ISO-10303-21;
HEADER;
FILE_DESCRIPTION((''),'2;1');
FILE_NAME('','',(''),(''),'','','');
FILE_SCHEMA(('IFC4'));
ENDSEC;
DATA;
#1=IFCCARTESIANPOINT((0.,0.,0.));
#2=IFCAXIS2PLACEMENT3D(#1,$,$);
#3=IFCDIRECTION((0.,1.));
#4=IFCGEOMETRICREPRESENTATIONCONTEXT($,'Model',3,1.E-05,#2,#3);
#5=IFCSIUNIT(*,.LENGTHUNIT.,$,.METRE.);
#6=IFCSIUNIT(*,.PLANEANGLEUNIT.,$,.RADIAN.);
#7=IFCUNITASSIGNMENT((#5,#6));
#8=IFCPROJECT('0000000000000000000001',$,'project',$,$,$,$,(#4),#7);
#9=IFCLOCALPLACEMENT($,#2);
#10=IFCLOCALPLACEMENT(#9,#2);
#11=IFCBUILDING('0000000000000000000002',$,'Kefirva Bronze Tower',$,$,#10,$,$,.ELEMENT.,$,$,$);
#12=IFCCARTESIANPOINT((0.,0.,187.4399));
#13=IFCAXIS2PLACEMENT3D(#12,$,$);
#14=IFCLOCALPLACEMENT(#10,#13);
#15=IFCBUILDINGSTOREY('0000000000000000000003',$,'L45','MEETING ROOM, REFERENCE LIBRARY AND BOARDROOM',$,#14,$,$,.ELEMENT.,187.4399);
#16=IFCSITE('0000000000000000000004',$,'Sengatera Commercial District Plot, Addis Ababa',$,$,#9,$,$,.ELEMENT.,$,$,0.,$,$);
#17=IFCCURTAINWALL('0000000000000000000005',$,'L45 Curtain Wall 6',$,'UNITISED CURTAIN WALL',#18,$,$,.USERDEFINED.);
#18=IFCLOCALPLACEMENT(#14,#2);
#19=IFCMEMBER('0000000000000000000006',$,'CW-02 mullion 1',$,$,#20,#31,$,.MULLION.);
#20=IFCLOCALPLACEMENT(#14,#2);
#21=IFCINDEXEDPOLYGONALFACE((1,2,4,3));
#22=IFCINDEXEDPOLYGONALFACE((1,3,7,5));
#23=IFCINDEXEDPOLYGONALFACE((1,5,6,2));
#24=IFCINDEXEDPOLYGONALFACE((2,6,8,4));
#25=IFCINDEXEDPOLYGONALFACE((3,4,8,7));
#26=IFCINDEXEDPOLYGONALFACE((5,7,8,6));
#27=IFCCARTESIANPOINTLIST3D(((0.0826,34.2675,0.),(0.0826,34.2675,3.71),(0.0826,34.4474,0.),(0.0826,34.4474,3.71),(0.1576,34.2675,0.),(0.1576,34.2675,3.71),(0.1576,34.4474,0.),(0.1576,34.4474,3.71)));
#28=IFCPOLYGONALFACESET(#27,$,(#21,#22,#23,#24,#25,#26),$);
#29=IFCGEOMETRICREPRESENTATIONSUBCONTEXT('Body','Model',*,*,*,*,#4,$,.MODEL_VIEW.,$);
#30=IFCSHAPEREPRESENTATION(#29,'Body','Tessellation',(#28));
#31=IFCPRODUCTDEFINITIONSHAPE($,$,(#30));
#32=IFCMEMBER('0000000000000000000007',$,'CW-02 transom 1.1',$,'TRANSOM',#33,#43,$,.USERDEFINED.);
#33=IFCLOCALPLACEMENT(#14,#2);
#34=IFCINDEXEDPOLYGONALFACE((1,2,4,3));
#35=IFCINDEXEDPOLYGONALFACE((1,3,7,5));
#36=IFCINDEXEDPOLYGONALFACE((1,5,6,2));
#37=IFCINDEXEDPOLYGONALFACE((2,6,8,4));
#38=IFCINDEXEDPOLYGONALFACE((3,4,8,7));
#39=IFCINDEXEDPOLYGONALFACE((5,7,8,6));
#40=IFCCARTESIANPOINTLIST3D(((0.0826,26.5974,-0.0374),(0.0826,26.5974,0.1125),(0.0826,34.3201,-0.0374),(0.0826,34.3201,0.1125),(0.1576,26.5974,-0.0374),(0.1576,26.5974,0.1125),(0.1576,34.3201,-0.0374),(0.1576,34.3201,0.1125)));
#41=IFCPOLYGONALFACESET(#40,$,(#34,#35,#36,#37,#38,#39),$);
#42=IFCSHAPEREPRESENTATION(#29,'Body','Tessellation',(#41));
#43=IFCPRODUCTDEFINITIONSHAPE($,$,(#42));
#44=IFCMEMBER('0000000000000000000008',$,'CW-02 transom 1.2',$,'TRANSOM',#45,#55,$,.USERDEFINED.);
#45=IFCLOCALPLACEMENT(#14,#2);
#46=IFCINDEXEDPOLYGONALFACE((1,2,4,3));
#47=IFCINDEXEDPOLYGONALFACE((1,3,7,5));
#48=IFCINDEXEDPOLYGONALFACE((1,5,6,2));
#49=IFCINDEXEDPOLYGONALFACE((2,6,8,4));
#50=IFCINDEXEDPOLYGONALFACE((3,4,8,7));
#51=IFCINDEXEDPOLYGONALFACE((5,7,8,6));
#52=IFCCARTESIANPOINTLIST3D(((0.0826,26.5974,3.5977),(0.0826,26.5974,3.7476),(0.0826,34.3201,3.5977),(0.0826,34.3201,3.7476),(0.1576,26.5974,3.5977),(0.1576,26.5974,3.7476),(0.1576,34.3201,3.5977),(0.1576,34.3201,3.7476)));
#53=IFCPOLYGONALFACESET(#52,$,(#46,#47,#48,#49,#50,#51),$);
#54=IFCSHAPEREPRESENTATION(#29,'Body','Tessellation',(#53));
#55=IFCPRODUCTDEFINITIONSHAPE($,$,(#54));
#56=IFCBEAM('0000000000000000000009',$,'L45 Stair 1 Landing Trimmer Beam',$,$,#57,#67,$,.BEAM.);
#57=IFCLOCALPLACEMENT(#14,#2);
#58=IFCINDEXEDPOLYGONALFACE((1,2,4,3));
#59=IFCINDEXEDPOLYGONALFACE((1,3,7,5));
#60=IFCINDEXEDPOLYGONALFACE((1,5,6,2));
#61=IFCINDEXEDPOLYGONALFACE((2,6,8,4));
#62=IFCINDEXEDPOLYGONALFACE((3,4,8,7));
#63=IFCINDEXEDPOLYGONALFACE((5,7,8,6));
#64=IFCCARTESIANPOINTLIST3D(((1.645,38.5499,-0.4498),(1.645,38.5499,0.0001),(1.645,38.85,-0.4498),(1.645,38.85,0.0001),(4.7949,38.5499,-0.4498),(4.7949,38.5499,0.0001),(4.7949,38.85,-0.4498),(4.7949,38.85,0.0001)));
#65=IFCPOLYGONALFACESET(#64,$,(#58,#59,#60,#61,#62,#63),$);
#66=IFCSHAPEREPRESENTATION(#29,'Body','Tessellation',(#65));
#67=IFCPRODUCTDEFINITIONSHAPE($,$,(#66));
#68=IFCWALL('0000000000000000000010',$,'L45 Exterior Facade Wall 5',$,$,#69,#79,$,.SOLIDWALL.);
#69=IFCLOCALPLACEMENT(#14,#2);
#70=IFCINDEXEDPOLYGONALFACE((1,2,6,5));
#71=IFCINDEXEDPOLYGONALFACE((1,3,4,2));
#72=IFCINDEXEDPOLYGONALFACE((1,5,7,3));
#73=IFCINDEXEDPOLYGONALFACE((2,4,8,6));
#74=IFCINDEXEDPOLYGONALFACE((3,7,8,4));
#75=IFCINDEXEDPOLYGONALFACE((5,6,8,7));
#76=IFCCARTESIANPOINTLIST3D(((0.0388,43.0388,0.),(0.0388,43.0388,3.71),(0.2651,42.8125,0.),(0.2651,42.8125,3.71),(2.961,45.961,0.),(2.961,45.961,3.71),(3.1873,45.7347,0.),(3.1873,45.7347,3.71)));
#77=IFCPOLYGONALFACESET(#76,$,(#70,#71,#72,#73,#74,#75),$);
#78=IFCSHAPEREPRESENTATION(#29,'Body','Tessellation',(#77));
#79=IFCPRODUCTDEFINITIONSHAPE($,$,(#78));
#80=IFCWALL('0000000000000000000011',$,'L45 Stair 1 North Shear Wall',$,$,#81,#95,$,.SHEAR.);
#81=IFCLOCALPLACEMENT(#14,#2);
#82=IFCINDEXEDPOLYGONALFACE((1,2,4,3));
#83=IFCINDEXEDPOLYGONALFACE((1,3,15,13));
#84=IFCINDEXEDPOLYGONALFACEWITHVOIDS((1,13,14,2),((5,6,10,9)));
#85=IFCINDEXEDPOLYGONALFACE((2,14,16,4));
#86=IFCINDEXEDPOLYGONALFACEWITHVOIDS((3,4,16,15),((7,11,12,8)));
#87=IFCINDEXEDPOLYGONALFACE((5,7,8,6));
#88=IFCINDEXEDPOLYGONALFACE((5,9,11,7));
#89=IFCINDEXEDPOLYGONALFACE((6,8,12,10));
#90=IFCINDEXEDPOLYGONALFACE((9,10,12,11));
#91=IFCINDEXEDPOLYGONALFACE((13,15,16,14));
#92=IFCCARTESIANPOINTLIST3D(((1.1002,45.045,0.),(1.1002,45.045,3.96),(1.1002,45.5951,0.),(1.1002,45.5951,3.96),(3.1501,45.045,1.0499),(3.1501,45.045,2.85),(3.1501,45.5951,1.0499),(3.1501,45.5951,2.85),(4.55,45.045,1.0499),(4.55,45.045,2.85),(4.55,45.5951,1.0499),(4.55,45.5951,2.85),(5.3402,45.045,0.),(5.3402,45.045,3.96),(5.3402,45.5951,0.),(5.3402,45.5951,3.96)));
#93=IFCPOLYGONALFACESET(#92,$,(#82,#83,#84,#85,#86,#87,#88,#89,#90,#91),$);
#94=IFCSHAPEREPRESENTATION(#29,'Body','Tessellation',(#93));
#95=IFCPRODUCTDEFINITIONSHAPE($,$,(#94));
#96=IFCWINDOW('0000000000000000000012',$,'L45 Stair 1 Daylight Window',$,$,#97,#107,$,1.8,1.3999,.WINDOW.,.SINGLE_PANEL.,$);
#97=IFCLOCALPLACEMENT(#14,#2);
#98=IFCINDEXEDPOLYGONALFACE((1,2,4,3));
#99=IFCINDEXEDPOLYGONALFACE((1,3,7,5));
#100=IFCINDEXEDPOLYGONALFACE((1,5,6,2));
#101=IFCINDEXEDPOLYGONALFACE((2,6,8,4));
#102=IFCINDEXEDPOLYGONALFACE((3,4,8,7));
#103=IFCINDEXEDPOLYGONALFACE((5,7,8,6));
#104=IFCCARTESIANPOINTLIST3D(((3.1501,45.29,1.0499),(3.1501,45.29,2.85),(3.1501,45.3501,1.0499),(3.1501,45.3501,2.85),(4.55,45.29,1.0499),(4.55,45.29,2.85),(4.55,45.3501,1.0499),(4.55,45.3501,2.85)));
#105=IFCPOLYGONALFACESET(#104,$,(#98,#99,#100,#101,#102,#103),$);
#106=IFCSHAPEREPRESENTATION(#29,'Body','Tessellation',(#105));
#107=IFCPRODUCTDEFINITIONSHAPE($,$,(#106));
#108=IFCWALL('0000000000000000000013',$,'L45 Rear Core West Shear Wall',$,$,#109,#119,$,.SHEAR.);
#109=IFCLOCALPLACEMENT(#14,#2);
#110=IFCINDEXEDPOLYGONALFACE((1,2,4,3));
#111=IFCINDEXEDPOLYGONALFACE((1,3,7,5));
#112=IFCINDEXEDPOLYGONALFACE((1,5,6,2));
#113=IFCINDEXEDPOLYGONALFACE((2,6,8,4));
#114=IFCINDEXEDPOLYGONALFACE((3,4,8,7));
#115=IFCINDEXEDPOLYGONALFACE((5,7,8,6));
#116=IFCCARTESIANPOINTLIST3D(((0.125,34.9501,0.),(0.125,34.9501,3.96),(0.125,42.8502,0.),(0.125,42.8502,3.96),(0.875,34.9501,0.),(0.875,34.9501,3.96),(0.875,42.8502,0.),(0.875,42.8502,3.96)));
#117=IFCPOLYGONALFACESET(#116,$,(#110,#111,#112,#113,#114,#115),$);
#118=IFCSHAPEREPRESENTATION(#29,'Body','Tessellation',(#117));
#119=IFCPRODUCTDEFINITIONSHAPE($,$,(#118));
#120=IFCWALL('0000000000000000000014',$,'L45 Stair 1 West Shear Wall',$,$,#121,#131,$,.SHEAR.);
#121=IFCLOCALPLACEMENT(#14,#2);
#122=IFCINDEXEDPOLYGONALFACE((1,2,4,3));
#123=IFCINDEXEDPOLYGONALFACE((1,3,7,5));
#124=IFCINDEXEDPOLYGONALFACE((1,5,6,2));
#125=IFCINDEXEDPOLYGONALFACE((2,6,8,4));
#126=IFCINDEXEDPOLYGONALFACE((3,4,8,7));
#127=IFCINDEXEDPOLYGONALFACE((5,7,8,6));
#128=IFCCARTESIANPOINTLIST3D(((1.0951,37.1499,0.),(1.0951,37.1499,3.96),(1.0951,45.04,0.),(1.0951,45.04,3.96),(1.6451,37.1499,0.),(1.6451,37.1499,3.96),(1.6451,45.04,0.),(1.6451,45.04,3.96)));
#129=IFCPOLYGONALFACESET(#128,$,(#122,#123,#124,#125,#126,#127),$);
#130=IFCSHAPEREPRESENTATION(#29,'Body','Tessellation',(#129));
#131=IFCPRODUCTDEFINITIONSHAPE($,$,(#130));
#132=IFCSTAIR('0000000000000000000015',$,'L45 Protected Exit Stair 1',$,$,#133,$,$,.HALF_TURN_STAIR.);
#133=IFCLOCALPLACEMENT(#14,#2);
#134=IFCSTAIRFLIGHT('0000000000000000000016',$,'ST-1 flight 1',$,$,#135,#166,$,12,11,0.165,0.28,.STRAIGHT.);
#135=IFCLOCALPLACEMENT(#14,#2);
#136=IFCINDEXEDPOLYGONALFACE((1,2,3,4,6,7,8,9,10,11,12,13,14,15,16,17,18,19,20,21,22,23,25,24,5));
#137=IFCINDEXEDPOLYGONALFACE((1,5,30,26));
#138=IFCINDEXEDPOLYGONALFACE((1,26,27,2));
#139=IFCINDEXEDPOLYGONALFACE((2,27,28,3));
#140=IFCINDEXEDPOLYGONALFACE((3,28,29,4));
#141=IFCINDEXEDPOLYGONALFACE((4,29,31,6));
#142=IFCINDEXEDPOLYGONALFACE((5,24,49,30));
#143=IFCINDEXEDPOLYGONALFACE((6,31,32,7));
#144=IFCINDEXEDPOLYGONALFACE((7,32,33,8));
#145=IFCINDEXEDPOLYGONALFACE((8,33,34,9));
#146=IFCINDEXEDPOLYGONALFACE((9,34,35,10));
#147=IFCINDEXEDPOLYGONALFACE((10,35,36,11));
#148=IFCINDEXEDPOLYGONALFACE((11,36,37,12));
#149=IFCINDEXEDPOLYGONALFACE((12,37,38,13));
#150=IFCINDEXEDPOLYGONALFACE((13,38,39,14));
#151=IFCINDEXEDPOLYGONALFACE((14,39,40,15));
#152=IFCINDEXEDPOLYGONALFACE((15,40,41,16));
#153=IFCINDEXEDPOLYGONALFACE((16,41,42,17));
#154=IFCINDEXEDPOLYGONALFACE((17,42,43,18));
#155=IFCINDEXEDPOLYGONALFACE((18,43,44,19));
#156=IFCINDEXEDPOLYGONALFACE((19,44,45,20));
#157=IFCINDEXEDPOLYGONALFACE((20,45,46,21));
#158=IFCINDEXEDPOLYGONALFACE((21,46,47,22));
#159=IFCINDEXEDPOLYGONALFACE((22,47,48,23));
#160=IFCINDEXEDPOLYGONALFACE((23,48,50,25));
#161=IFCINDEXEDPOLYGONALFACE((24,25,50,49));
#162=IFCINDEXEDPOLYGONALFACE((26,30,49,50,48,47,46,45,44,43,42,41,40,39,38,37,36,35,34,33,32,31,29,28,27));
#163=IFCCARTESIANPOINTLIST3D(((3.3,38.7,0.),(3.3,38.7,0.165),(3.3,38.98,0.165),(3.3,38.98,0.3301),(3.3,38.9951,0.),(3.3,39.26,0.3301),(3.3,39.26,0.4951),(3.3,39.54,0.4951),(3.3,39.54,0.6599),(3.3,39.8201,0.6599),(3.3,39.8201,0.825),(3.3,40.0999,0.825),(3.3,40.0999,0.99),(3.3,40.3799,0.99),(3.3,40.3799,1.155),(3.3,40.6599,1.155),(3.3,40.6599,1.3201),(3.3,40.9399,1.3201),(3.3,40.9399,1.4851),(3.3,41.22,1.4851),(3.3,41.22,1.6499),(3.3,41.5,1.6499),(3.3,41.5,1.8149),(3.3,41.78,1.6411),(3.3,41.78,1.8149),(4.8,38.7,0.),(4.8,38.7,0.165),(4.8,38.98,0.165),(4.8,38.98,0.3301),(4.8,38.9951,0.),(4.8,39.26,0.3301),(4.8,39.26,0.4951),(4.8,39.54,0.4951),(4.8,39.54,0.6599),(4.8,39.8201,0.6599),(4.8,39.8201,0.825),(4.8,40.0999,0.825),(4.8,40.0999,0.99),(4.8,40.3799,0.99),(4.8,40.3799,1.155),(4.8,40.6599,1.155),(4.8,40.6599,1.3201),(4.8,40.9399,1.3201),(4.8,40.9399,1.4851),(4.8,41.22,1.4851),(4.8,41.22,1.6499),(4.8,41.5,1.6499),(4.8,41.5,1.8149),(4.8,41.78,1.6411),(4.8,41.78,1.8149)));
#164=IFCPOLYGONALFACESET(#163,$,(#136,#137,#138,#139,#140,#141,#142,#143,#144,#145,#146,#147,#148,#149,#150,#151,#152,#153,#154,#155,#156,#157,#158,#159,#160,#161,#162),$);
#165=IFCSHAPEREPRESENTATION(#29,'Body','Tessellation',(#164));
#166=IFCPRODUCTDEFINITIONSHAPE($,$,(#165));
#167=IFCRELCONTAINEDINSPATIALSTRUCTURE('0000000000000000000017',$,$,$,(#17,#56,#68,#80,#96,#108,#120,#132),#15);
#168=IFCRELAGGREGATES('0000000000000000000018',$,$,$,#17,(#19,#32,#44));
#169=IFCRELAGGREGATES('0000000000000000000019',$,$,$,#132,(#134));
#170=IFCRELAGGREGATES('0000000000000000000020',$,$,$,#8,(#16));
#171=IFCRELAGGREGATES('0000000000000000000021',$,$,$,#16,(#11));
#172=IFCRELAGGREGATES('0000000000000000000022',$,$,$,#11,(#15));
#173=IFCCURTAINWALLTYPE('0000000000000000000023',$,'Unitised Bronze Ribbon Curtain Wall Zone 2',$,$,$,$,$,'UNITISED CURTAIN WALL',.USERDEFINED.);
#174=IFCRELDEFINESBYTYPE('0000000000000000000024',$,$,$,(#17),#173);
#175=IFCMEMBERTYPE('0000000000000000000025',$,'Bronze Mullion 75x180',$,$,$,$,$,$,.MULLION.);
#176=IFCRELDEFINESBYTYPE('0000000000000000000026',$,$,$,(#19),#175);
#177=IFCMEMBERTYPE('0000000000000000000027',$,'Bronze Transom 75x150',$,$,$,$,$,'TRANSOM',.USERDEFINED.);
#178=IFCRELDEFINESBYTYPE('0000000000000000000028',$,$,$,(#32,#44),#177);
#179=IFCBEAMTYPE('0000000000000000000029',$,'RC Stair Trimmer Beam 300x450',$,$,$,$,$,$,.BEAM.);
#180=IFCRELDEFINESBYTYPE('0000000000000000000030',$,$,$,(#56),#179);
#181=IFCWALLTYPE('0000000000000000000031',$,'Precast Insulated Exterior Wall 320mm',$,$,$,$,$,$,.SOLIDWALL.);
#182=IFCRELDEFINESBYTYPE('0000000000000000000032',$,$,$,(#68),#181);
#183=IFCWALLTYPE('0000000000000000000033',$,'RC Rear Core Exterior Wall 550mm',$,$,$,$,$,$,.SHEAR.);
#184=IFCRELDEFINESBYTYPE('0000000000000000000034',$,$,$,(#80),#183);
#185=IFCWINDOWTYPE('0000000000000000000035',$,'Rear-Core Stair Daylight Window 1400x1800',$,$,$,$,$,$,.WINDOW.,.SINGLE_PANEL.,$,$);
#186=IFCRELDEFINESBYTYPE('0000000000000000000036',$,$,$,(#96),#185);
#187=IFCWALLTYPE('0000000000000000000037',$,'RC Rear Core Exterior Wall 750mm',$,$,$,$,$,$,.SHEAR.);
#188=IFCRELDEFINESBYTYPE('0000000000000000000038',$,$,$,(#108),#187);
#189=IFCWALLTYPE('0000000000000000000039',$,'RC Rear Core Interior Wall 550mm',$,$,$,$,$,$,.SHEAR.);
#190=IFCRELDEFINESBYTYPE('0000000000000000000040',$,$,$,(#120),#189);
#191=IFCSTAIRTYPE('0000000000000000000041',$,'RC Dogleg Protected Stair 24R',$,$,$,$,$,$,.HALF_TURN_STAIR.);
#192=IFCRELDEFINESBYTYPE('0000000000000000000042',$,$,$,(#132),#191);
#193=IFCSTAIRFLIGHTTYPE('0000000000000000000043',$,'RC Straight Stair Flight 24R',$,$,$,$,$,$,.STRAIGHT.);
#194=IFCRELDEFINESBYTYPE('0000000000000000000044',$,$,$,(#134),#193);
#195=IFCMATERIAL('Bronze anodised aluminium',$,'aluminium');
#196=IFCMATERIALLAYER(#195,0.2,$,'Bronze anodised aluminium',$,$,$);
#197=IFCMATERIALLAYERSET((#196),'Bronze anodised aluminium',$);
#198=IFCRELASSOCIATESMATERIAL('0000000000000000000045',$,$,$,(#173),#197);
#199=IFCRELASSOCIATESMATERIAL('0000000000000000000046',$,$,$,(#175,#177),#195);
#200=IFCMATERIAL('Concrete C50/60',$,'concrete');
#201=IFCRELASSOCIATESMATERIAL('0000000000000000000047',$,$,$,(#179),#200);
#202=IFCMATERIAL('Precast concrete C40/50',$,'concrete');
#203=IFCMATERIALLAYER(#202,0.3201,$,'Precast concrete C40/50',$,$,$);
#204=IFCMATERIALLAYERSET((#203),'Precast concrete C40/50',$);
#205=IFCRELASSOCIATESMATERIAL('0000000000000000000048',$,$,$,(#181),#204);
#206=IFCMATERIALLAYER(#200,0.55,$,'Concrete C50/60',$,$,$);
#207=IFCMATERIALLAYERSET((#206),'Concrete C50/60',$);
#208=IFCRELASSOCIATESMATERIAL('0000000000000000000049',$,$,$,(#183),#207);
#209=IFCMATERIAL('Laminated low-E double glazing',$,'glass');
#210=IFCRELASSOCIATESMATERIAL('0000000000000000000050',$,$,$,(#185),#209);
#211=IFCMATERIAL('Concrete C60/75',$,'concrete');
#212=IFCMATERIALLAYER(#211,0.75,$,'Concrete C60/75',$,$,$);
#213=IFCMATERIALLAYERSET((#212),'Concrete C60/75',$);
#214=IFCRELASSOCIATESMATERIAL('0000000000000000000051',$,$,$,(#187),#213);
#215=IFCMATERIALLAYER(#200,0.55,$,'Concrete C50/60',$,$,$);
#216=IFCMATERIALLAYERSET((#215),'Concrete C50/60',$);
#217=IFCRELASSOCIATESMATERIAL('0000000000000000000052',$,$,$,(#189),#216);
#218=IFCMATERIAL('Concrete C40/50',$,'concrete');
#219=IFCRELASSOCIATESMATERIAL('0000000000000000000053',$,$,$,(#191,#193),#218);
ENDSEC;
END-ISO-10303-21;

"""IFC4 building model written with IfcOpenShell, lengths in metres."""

from ifc_helpers import new_model, si_unit, direction, frame, frame_2d, origin, origin_2d, place, context, subcontext, project, spatial, polyline, rectangle, outline, extrude, material, layer, layer_set, material_profile, profile_set, type_object, element, fill, aggregate, save


model = new_model("IFC4")

# Units and contexts
model_context = context("Model", 3, precision=1e-05, world=origin(), true_north=direction((0.0, 1.0)))
body_context = subcontext(model_context, "Body", "Model", "MODEL_VIEW")
ifc_project = project(units=[si_unit("LENGTHUNIT", "METRE"), si_unit("PLANEANGLEUNIT", "RADIAN")], contexts=[model_context])

# Site, building, storey
site_placement = place(None, origin())
site = spatial("IfcSite", under=ifc_project, at=site_placement, Name="Sengatera Commercial District Plot, Addis Ababa", CompositionType="ELEMENT", RefElevation=0.0)
building_placement = place(site_placement, origin())
building = spatial("IfcBuilding", under=site, at=building_placement, Name="Kefirva Bronze Tower", CompositionType="ELEMENT")
storey_placement = place(building_placement, frame((0.0, 0.0, 187.4399)))
storey = spatial("IfcBuildingStorey", under=building, at=storey_placement, Name="L45", Description="MEETING ROOM, REFERENCE LIBRARY AND BOARDROOM", CompositionType="ELEMENT", Elevation=187.4399)

# Curtain wall, members
ifc_material_1 = material(Name="Bronze anodised aluminium", Category="aluminium")
ifc_layer_1 = layer(ifc_material_1, 0.2, Name="Bronze anodised aluminium")
ifc_layer_set_1 = layer_set([ifc_layer_1], Name="Bronze anodised aluminium")
curtain_wall_type = type_object("IfcCurtainWallType", Name="Unitised Bronze Ribbon Curtain Wall Zone 2", ElementType="UNITISED CURTAIN WALL", PredefinedType="USERDEFINED", material=ifc_layer_set_1)
curtain_wall_placement = place(storey_placement, origin())
curtain_wall = element("IfcCurtainWall", 1, at=curtain_wall_placement, inside=storey, type_object=curtain_wall_type, Name="L45 Curtain Wall 6", ObjectType="UNITISED CURTAIN WALL", PredefinedType="USERDEFINED")
ifc_material_profile_1 = material_profile(ifc_material_1, rectangle(XDim=0.075, YDim=0.1799, at=origin_2d()), Name="ALU 75x180")
ifc_profile_set_1 = profile_set([ifc_material_profile_1], Name="Bronze anodised aluminium")
member_type_1 = type_object("IfcMemberType", Name="Bronze Mullion 75x180", PredefinedType="MULLION", material=ifc_profile_set_1)
member_1_placement = place(storey_placement, frame((0.1201, 34.3574, 0.0), z_axis=(0.0, 0.0, 1.0), x_axis=(1.0, 0.0, 0.0)))
member_1 = element("IfcMember", 2, at=member_1_placement, type_object=member_type_1, Name="CW-02 mullion 1", PredefinedType="MULLION", context=body_context, shape_type="SweptSolid", body=[
    extrude(rectangle(XDim=0.075, YDim=0.1799, at=origin_2d()), origin(), (0.0, 0.0, 1.0), 3.71),
])
ifc_material_profile_2 = material_profile(ifc_material_1, rectangle(XDim=0.075, YDim=0.1499, at=origin_2d()), Name="ALU 75x150")
ifc_profile_set_2 = profile_set([ifc_material_profile_2], Name="Bronze anodised aluminium")
member_type_2 = type_object("IfcMemberType", Name="Bronze Transom 75x150", ElementType="TRANSOM", PredefinedType="USERDEFINED", material=ifc_profile_set_2)
member_2_placement = place(storey_placement, frame((0.1201, 34.3201, 0.0376), z_axis=(0.0, -1.0, 0.0), x_axis=(1.0, 0.0, 0.0)))
member_2 = element("IfcMember", 3, at=member_2_placement, type_object=member_type_2, Name="CW-02 transom 1.1", ObjectType="TRANSOM", PredefinedType="USERDEFINED", context=body_context, shape_type="SweptSolid", body=[
    extrude(rectangle(XDim=0.075, YDim=0.1499, at=origin_2d()), origin(), (0.0, 0.0, 1.0), 7.7227),
])
member_3_placement = place(storey_placement, frame((0.1201, 34.3201, 3.6726), z_axis=(0.0, -1.0, 0.0), x_axis=(1.0, 0.0, 0.0)))
member_3 = element("IfcMember", 4, at=member_3_placement, type_object=member_type_2, Name="CW-02 transom 1.2", ObjectType="TRANSOM", PredefinedType="USERDEFINED", context=body_context, shape_type="SweptSolid", body=[
    extrude(rectangle(XDim=0.075, YDim=0.1499, at=origin_2d()), origin(), (0.0, 0.0, 1.0), 7.7227),
])
aggregate(curtain_wall, [member_1, member_2, member_3])

# Beam
ifc_material_2 = material(Name="Concrete C50/60", Category="concrete")
ifc_material_profile_3 = material_profile(ifc_material_2, rectangle(XDim=0.3, YDim=0.45, at=origin_2d()), Name="RC 300x450")
ifc_profile_set_3 = profile_set([ifc_material_profile_3], Name="Concrete C50/60")
beam_type = type_object("IfcBeamType", Name="RC Stair Trimmer Beam 300x450", PredefinedType="BEAM", material=ifc_profile_set_3)
beam_placement = place(storey_placement, frame((1.645, 38.7, -0.2249), z_axis=(1.0, 0.0, 0.0), x_axis=(0.0, 1.0, 0.0)))
element("IfcBeam", 5, at=beam_placement, inside=storey, type_object=beam_type, Name="L45 Stair 1 Landing Trimmer Beam", PredefinedType="BEAM", context=body_context, shape_type="SweptSolid", body=[
    extrude(rectangle(XDim=0.3, YDim=0.45, at=origin_2d()), origin(), (0.0, 0.0, 1.0), 3.1499),
])

# Wall
ifc_material_3 = material(Name="Precast concrete C40/50", Category="concrete")
ifc_layer_2 = layer(ifc_material_3, 0.3201, Name="Precast concrete C40/50")
ifc_layer_set_2 = layer_set([ifc_layer_2], Name="Precast concrete C40/50")
wall_type_1 = type_object("IfcWallType", Name="Precast Insulated Exterior Wall 320mm", PredefinedType="SOLIDWALL", material=ifc_layer_set_2)
wall_1_placement = place(storey_placement, frame((3.0742, 45.8479, 0.0), z_axis=(0.0, 0.0, 1.0), x_axis=(-0.707107, -0.707107, 0.0)))
element("IfcWall", 6, at=wall_1_placement, inside=storey, type_object=wall_type_1, Name="L45 Exterior Facade Wall 5", PredefinedType="SOLIDWALL", context=body_context, shape_type="SweptSolid", body=[
    extrude(rectangle(XDim=4.1326, YDim=0.3201, at=frame_2d((2.0664, 0.0))), origin(), (0.0, 0.0, 1.0), 3.71),
])

# Wall, opening, window
ifc_layer_3 = layer(ifc_material_2, 0.55, Name="Concrete C50/60")
ifc_layer_set_3 = layer_set([ifc_layer_3], Name="Concrete C50/60")
wall_type_2 = type_object("IfcWallType", Name="RC Rear Core Exterior Wall 550mm", PredefinedType="SHEAR", material=ifc_layer_set_3)
wall_2_placement = place(storey_placement, frame((1.1001, 45.3201, 0.0), z_axis=(0.0, 0.0, 1.0), x_axis=(1.0, 0.0, 0.0)))
wall_2 = element("IfcWall", 7, at=wall_2_placement, inside=storey, type_object=wall_type_2, Name="L45 Stair 1 North Shear Wall", PredefinedType="SHEAR", context=body_context, shape_type="SweptSolid", body=[
    extrude(rectangle(XDim=4.24, YDim=0.55, at=frame_2d((2.1201, 0.0))), origin(), (0.0, 0.0, 1.0), 3.96),
])
opening_1_placement = place(wall_2_placement, frame((2.05, 0.0, 1.05)))
opening_1 = element("IfcOpeningElement", 8, at=opening_1_placement, cuts=wall_2, PredefinedType="OPENING", context=body_context, shape_type="SweptSolid", body=[
    extrude(rectangle(XDim=1.3999, YDim=1.8, at=frame_2d((0.7, 0.8999))), frame((0.0, 0.2852, 0.0), z_axis=(0.0, -1.0, 0.0), x_axis=(1.0, 0.0, 0.0)), (0.0, 0.0, 1.0), 0.5701),
])
ifc_material_4 = material(Name="Laminated low-E double glazing", Category="glass")
window_type = type_object("IfcWindowType", Name="Rear-Core Stair Daylight Window 1400x1800", PartitioningType="SINGLE_PANEL", PredefinedType="WINDOW", material=ifc_material_4)
window_placement = place(opening_1_placement, origin())
window = element("IfcWindow", 9, at=window_placement, inside=storey, type_object=window_type, Name="L45 Stair 1 Daylight Window", OverallHeight=1.8, OverallWidth=1.3999, PartitioningType="SINGLE_PANEL", PredefinedType="WINDOW", context=body_context, shape_type="SweptSolid", body=[
    extrude(rectangle(XDim=1.3999, YDim=1.8, at=frame_2d((0.7, 0.8999))), frame((0.0, 0.03, 0.0), z_axis=(0.0, -1.0, 0.0), x_axis=(1.0, 0.0, 0.0)), (0.0, 0.0, 1.0), 0.0601),
])
fill(opening_1, window)

# Walls
ifc_material_5 = material(Name="Concrete C60/75", Category="concrete")
ifc_layer_4 = layer(ifc_material_5, 0.75, Name="Concrete C60/75")
ifc_layer_set_4 = layer_set([ifc_layer_4], Name="Concrete C60/75")
wall_type_3 = type_object("IfcWallType", Name="RC Rear Core Exterior Wall 750mm", PredefinedType="SHEAR", material=ifc_layer_set_4)
wall_3_placement = place(storey_placement, frame((0.5, 34.95, 0.0), z_axis=(0.0, 0.0, 1.0), x_axis=(0.0, 1.0, 0.0)))
element("IfcWall", 10, at=wall_3_placement, inside=storey, type_object=wall_type_3, Name="L45 Rear Core West Shear Wall", PredefinedType="SHEAR", context=body_context, shape_type="SweptSolid", body=[
    extrude(rectangle(XDim=7.9001, YDim=0.75, at=frame_2d((3.9502, 0.0))), origin(), (0.0, 0.0, 1.0), 3.96),
])
ifc_layer_5 = layer(ifc_material_2, 0.55, Name="Concrete C50/60")
ifc_layer_set_5 = layer_set([ifc_layer_5], Name="Concrete C50/60")
wall_type_4 = type_object("IfcWallType", Name="RC Rear Core Interior Wall 550mm", PredefinedType="SHEAR", material=ifc_layer_set_5)
wall_4_placement = place(storey_placement, frame((1.3701, 37.1499, 0.0), z_axis=(0.0, 0.0, 1.0), x_axis=(0.0, 1.0, 0.0)))
element("IfcWall", 11, at=wall_4_placement, inside=storey, type_object=wall_type_4, Name="L45 Stair 1 West Shear Wall", PredefinedType="SHEAR", context=body_context, shape_type="SweptSolid", body=[
    extrude(rectangle(XDim=7.8901, YDim=0.55, at=frame_2d((3.9451, 0.0))), origin(), (0.0, 0.0, 1.0), 3.96),
])

# Stair, stair flight
ifc_material_6 = material(Name="Concrete C40/50", Category="concrete")
stair_type = type_object("IfcStairType", Name="RC Dogleg Protected Stair 24R", PredefinedType="HALF_TURN_STAIR", material=ifc_material_6)
stair_placement = place(storey_placement, origin())
stair = element("IfcStair", 12, at=stair_placement, inside=storey, type_object=stair_type, Name="L45 Protected Exit Stair 1", PredefinedType="HALF_TURN_STAIR")
stair_flight_type = type_object("IfcStairFlightType", Name="RC Straight Stair Flight 24R", PredefinedType="STRAIGHT", material=ifc_material_6)
stair_flight_1_placement = place(storey_placement, frame((4.05, 38.7, 0.0), z_axis=(0.0, 0.0, 1.0), x_axis=(0.0, 1.0, 0.0)))
stair_flight_1 = element("IfcStairFlight", 13, at=stair_flight_1_placement, type_object=stair_flight_type, Name="ST-1 flight 1", NumberOfRisers=12, NumberOfTreads=11, PredefinedType="STRAIGHT", RiserHeight=0.165, TreadLength=0.28, context=body_context, shape_type="SweptSolid", body=[
    extrude(outline(polyline([(0.0, 0.0), (0.0, 0.165), (0.28, 0.165), (0.28, 0.3301), (0.5601, 0.3301), (0.5601, 0.4951), (0.8401, 0.4951), (0.8401, 0.6599), (1.1201, 0.6599), (1.1201, 0.825), (1.3999, 0.825), (1.3999, 0.99), (1.6799, 0.99), (1.6799, 1.155), (1.96, 1.155), (1.96, 1.3201), (2.24, 1.3201), (2.24, 1.4851), (2.52, 1.4851), (2.52, 1.6499), (2.8, 1.6499), (2.8, 1.8149), (3.0801, 1.8149), (3.0801, 1.98), (3.0801, 1.6411), (0.2952, 0.0), (0.0, 0.0)])), frame((0.0, 0.75, 0.0), z_axis=(0.0, -1.0, 0.0), x_axis=(1.0, 0.0, 0.0)), (0.0, 0.0, 1.0), 1.5),
])
aggregate(stair, [stair_flight_1])

save(model, "model.ifc")
